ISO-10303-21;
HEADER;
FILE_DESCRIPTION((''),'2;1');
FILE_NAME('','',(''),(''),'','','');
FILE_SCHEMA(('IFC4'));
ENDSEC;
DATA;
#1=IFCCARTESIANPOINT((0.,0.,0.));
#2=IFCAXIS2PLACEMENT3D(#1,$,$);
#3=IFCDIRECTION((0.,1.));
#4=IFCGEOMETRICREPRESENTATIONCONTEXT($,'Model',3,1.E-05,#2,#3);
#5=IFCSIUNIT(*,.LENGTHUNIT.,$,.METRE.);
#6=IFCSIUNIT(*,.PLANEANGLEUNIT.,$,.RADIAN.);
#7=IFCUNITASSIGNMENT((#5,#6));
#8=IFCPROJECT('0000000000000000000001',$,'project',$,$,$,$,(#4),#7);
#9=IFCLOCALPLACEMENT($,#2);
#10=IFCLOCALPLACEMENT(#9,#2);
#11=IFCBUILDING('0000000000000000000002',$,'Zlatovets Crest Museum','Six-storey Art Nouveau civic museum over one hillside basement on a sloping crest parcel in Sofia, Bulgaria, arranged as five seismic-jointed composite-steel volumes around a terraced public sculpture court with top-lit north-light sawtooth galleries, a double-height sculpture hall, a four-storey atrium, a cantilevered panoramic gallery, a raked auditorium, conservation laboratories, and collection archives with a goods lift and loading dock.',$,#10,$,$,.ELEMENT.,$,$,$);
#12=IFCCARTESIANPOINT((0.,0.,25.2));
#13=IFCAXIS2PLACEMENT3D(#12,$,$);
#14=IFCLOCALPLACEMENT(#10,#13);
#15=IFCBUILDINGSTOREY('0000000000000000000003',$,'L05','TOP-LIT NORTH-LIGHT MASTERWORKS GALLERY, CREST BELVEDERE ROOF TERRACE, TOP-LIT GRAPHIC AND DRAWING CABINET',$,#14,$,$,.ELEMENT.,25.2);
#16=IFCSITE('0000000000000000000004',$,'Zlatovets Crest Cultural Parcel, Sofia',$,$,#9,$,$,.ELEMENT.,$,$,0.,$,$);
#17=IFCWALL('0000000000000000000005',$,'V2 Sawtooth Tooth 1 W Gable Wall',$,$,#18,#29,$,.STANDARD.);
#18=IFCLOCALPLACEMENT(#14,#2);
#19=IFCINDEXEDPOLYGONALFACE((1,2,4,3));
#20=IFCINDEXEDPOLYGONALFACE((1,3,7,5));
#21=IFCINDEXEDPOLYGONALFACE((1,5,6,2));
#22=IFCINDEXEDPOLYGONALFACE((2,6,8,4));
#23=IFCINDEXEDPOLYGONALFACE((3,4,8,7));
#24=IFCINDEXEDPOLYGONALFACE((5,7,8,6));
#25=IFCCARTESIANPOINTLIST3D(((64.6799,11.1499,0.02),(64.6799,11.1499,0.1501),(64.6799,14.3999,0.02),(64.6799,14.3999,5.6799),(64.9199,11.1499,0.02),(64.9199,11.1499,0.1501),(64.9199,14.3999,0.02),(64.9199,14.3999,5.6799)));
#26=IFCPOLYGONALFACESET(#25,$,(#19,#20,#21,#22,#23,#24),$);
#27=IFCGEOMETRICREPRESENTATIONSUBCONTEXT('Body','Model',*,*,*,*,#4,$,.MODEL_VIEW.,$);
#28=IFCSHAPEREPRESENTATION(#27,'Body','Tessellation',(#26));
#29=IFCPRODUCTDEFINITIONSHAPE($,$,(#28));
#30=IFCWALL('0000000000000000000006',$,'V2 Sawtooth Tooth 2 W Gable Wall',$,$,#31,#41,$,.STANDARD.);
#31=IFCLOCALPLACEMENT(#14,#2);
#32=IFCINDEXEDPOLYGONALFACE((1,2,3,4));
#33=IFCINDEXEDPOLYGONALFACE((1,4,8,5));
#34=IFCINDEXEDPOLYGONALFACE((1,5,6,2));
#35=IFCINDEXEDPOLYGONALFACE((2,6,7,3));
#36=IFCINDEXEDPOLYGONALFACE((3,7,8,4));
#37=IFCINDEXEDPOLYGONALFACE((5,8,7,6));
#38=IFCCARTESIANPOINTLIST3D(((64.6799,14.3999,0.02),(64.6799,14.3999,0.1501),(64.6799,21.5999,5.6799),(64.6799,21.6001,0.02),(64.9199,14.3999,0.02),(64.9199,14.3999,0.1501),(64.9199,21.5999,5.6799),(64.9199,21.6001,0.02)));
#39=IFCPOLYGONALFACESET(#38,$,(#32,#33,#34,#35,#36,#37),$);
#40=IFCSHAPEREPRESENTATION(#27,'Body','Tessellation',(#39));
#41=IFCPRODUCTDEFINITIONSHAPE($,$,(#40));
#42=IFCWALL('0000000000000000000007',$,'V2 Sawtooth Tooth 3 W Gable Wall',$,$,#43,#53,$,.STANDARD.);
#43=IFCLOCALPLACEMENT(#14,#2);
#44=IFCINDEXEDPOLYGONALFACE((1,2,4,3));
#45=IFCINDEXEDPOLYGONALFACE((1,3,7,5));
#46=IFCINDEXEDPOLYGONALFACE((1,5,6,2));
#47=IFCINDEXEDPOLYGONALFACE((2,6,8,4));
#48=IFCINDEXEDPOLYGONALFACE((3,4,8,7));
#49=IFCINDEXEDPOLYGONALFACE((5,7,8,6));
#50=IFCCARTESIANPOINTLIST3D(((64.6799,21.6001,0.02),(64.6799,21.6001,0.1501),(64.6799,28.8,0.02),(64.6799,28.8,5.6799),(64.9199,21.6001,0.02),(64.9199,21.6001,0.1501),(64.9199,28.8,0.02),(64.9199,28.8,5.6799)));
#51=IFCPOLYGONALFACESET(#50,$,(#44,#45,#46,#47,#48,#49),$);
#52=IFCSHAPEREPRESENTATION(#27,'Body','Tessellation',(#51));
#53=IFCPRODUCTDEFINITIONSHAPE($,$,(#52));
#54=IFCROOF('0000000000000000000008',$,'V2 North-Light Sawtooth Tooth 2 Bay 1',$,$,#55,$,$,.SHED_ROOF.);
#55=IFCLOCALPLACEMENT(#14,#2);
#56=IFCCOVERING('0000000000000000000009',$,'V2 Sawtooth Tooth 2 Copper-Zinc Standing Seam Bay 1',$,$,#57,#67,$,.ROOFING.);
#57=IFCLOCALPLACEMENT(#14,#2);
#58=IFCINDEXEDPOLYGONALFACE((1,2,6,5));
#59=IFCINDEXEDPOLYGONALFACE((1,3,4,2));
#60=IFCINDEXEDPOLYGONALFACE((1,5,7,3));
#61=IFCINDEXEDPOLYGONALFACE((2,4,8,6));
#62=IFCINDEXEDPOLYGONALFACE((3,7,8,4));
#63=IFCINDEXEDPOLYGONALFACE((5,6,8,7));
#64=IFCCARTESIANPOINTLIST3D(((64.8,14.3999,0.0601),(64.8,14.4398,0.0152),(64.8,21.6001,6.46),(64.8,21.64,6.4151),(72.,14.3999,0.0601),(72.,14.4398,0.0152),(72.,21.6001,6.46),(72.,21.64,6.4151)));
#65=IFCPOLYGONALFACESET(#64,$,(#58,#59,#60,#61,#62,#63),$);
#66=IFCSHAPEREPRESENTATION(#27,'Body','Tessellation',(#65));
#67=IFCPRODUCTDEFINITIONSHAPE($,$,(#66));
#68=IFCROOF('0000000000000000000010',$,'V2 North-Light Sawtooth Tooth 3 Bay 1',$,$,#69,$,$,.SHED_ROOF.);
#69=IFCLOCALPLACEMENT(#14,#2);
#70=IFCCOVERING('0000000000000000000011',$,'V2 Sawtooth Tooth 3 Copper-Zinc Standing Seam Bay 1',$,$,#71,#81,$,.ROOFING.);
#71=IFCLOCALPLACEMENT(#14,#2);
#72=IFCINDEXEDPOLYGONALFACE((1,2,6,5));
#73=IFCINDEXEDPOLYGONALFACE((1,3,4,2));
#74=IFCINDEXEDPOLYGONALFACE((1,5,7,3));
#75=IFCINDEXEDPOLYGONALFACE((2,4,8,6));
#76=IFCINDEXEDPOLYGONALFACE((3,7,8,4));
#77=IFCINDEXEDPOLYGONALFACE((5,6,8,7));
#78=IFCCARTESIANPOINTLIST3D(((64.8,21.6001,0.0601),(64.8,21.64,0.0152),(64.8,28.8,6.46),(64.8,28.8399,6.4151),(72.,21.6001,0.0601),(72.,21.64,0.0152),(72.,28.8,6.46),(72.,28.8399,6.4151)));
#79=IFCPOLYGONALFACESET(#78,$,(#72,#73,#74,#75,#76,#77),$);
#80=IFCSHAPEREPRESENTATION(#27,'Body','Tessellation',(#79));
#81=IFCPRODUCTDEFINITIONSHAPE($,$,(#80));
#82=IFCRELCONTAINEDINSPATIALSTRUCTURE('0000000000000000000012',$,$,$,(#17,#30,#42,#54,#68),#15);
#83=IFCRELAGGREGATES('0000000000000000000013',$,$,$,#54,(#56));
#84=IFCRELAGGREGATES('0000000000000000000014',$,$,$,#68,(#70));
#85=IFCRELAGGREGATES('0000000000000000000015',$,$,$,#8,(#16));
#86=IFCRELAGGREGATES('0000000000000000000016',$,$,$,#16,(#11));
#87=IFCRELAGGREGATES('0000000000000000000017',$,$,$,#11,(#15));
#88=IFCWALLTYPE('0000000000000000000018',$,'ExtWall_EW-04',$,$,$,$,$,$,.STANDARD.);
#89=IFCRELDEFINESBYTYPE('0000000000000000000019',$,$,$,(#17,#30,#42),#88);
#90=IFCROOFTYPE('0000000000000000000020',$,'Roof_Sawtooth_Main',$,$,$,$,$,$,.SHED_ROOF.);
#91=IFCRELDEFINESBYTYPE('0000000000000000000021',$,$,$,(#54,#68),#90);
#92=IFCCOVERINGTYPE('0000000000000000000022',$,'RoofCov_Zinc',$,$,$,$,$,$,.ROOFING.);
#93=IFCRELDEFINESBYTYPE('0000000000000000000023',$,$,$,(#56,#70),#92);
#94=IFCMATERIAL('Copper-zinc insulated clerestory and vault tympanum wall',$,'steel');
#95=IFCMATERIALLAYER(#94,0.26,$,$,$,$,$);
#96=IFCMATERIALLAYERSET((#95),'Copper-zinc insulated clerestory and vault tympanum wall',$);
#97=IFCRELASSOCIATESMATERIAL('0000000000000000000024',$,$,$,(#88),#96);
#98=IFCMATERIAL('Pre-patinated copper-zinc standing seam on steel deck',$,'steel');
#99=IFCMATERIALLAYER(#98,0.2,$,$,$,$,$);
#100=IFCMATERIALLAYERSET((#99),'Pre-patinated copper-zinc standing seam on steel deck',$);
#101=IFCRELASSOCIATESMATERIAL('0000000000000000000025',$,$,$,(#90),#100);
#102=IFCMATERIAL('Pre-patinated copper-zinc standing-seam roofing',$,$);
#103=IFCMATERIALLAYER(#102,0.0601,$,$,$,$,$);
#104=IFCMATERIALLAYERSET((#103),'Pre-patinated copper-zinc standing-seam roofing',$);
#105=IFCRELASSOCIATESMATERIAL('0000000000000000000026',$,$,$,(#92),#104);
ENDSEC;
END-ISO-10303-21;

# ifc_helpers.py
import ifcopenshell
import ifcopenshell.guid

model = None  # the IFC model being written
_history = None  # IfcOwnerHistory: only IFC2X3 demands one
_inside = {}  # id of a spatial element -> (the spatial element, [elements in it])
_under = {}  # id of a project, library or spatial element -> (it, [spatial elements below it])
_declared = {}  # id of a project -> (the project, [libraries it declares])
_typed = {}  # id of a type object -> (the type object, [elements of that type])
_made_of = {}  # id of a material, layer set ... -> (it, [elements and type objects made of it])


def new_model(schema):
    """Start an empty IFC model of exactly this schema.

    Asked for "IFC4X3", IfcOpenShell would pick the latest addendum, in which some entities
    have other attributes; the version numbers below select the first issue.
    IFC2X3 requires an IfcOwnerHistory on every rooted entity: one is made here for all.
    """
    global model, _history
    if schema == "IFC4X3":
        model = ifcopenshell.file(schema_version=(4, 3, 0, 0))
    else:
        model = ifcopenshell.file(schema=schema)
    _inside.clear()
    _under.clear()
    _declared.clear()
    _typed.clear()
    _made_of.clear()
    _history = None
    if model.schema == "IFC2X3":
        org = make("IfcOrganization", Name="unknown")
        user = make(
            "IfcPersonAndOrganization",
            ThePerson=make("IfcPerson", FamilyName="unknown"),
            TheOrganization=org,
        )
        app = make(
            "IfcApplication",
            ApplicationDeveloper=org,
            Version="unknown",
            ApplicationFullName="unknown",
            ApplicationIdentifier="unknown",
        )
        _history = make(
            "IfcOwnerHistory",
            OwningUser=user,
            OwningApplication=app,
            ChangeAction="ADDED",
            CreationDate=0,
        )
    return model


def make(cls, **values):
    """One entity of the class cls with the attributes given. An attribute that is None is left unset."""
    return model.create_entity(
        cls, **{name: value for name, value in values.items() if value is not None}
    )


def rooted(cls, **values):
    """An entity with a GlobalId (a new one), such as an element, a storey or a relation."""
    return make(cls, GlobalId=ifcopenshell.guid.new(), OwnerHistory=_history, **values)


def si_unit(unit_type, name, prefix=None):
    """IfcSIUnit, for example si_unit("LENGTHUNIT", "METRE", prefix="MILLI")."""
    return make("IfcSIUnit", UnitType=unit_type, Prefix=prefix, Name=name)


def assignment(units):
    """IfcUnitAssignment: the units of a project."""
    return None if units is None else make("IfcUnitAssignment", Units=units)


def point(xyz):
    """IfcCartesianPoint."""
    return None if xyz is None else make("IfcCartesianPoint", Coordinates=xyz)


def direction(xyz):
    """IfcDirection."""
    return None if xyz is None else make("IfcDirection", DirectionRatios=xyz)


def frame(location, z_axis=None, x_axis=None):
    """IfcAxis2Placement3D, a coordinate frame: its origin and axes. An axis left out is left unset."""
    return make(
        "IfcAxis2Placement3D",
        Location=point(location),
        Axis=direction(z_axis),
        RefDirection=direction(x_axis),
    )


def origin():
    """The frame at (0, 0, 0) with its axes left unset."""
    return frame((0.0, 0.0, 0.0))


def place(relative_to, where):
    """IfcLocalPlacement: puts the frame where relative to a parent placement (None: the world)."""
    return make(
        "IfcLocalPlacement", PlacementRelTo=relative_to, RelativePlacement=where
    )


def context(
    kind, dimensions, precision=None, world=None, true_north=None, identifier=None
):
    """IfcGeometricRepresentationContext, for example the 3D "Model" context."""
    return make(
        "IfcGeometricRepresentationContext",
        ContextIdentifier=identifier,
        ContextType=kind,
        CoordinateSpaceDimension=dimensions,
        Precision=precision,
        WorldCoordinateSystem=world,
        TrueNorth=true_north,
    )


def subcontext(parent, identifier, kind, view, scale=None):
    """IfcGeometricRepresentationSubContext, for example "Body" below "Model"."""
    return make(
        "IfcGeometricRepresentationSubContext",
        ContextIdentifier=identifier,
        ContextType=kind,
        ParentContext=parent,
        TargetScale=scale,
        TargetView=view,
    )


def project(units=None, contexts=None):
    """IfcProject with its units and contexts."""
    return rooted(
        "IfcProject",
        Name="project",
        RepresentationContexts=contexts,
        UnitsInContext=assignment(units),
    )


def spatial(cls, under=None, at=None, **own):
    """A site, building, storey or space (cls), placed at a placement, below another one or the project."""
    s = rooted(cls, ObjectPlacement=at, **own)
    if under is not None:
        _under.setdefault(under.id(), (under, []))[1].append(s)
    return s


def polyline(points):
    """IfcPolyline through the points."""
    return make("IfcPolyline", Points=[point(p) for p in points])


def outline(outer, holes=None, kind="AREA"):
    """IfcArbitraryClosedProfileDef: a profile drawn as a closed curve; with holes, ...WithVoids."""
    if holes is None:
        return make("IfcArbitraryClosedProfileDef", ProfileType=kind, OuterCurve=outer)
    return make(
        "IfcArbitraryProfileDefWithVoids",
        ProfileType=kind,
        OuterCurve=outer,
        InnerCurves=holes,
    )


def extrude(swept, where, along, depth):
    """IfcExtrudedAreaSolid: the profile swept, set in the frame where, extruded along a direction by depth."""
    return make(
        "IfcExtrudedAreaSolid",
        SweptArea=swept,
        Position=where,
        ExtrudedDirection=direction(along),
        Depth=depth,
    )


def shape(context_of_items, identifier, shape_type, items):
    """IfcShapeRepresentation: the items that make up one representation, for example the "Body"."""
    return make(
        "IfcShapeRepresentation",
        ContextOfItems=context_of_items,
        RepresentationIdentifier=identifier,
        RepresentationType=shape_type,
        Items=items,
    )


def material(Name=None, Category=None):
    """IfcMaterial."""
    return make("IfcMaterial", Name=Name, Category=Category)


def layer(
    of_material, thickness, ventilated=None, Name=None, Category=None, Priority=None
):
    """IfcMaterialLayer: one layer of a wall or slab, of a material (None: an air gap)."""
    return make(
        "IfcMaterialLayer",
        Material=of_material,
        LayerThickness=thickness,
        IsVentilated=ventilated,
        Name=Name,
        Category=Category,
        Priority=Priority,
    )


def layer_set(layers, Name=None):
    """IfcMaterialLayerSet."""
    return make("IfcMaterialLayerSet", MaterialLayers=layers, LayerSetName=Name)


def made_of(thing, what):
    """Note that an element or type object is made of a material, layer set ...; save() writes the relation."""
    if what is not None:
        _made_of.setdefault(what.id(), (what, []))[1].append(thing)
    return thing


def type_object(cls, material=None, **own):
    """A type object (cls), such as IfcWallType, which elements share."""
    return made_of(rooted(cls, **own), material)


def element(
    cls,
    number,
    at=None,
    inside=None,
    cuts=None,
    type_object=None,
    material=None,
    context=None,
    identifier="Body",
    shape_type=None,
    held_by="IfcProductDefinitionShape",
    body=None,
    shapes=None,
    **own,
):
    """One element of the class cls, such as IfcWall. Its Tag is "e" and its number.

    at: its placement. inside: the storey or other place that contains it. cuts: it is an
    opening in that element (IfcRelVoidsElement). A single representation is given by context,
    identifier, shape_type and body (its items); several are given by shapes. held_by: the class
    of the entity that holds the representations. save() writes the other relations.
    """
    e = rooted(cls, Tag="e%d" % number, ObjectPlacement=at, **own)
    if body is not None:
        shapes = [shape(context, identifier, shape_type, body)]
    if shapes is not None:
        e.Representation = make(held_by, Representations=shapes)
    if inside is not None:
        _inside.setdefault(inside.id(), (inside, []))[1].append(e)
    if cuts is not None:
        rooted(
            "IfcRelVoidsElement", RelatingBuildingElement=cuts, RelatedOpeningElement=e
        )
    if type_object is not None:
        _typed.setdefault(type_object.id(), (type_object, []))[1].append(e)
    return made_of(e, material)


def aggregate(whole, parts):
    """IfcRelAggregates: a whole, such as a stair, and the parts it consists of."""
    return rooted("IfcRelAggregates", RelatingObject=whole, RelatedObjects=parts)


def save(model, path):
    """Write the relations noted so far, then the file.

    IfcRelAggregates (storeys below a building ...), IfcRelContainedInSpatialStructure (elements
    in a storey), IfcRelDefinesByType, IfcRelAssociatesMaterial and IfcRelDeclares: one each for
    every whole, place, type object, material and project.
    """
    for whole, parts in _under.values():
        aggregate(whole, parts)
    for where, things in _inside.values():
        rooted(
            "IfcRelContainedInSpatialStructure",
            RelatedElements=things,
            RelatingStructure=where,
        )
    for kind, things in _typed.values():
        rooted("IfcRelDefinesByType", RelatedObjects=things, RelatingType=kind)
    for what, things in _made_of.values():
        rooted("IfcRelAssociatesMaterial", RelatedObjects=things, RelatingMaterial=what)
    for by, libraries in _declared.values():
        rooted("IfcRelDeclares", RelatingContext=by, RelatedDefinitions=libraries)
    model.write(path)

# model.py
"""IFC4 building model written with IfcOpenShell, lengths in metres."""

from ifc_helpers import new_model, si_unit, direction, frame, origin, place, context, subcontext, project, spatial, polyline, outline, extrude, material, layer, layer_set, type_object, element, aggregate, save


model = new_model("IFC4")

# Units and contexts
model_context = context("Model", 3, precision=1e-05, world=origin(), true_north=direction((0.0, 1.0)))
body_context = subcontext(model_context, "Body", "Model", "MODEL_VIEW")
ifc_project = project(units=[si_unit("LENGTHUNIT", "METRE"), si_unit("PLANEANGLEUNIT", "RADIAN")], contexts=[model_context])

# Site, building, storey
site_placement = place(None, origin())
site = spatial("IfcSite", under=ifc_project, at=site_placement, Name="Zlatovets Crest Cultural Parcel, Sofia", CompositionType="ELEMENT", RefElevation=0.0)
building_placement = place(site_placement, origin())
building = spatial("IfcBuilding", under=site, at=building_placement, Name="Zlatovets Crest Museum", Description="Six-storey Art Nouveau civic museum over one hillside basement on a sloping crest parcel in Sofia, Bulgaria, arranged as five seismic-jointed composite-steel volumes around a terraced public sculpture court with top-lit north-light sawtooth galleries, a double-height sculpture hall, a four-storey atrium, a cantilevered panoramic gallery, a raked auditorium, conservation laboratories, and collection archives with a goods lift and loading dock.", CompositionType="ELEMENT")
storey_placement = place(building_placement, frame((0.0, 0.0, 25.2)))
storey = spatial("IfcBuildingStorey", under=building, at=storey_placement, Name="L05", Description="TOP-LIT NORTH-LIGHT MASTERWORKS GALLERY, CREST BELVEDERE ROOF TERRACE, TOP-LIT GRAPHIC AND DRAWING CABINET", CompositionType="ELEMENT", Elevation=25.2)

# Shared definitions
ifc_material_1 = material(Name="Copper-zinc insulated clerestory and vault tympanum wall", Category="steel")
ifc_layer_1 = layer(ifc_material_1, 0.26)
ifc_layer_set_1 = layer_set([ifc_layer_1], Name="Copper-zinc insulated clerestory and vault tympanum wall")
wall_type_1 = type_object("IfcWallType", Name="ExtWall_EW-04", PredefinedType="STANDARD", material=ifc_layer_set_1)

# Walls
wall_1_placement = place(storey_placement, frame((64.8, 11.1499, 0.02), z_axis=(0.0, 0.0, 1.0), x_axis=(0.0, 1.0, 0.0)))
element("IfcWall", 1, at=wall_1_placement, inside=storey, type_object=wall_type_1, Name="V2 Sawtooth Tooth 1 W Gable Wall", PredefinedType="STANDARD", context=body_context, shape_type="SweptSolid", body=[
    extrude(outline(polyline([(0.0, 0.0), (3.25, 0.0), (3.25, 5.6599), (0.0, 0.1301), (0.0, 0.0)])), frame((0.0, 0.1201, 0.0), z_axis=(0.0, -1.0, 0.0), x_axis=(1.0, 0.0, 0.0)), (0.0, 0.0, 1.0), 0.24),
])
wall_2_placement = place(storey_placement, frame((64.8, 14.3999, 0.02), z_axis=(0.0, 0.0, 1.0), x_axis=(0.0, 1.0, 0.0)))
element("IfcWall", 2, at=wall_2_placement, inside=storey, type_object=wall_type_1, Name="V2 Sawtooth Tooth 2 W Gable Wall", PredefinedType="STANDARD", context=body_context, shape_type="SweptSolid", body=[
    extrude(outline(polyline([(0.0, 0.0), (7.2002, 0.0), (7.2, 5.6599), (0.0, 0.1301), (0.0, 0.0)])), frame((0.0, 0.1201, 0.0), z_axis=(0.0, -1.0, 0.0), x_axis=(1.0, 0.0, 0.0)), (0.0, 0.0, 1.0), 0.24),
])
wall_3_placement = place(storey_placement, frame((64.8, 21.6001, 0.02), z_axis=(0.0, 0.0, 1.0), x_axis=(0.0, 1.0, 0.0)))
element("IfcWall", 3, at=wall_3_placement, inside=storey, type_object=wall_type_1, Name="V2 Sawtooth Tooth 3 W Gable Wall", PredefinedType="STANDARD", context=body_context, shape_type="SweptSolid", body=[
    extrude(outline(polyline([(0.0, 0.0), (7.2, 0.0), (7.2, 5.6599), (0.0, 0.1301), (0.0, 0.0)])), frame((0.0, 0.1201, 0.0), z_axis=(0.0, -1.0, 0.0), x_axis=(1.0, 0.0, 0.0)), (0.0, 0.0, 1.0), 0.24),
])

# Roofs, coverings
ifc_material_2 = material(Name="Pre-patinated copper-zinc standing seam on steel deck", Category="steel")
ifc_layer_2 = layer(ifc_material_2, 0.2)
ifc_layer_set_2 = layer_set([ifc_layer_2], Name="Pre-patinated copper-zinc standing seam on steel deck")
roof_type = type_object("IfcRoofType", Name="Roof_Sawtooth_Main", PredefinedType="SHED_ROOF", material=ifc_layer_set_2)
roof_1_placement = place(storey_placement, origin())
roof_1 = element("IfcRoof", 4, at=roof_1_placement, inside=storey, type_object=roof_type, Name="V2 North-Light Sawtooth Tooth 2 Bay 1", PredefinedType="SHED_ROOF")
ifc_material_3 = material(Name="Pre-patinated copper-zinc standing-seam roofing")
ifc_layer_3 = layer(ifc_material_3, 0.0601)
ifc_layer_set_3 = layer_set([ifc_layer_3], Name="Pre-patinated copper-zinc standing-seam roofing")
covering_type = type_object("IfcCoveringType", Name="RoofCov_Zinc", PredefinedType="ROOFING", material=ifc_layer_set_3)
covering_1_placement = place(storey_placement, frame((64.8, 14.3999, 0.0601), z_axis=(0.0, -0.664348, 0.747423), x_axis=(1.0, 0.0, 0.0)))
covering_1 = element("IfcCovering", 5, at=covering_1_placement, type_object=covering_type, Name="V2 Sawtooth Tooth 2 Copper-Zinc Standing Seam Bay 1", PredefinedType="ROOFING", context=body_context, shape_type="SweptSolid", body=[
    extrude(outline(polyline([(0.0, 0.0), (7.2, 0.0), (7.2, 9.6334), (0.0, 9.6334), (0.0, 0.0)])), origin(), (0.0, 0.0, -1.0), 0.0601),
])
aggregate(roof_1, [covering_1])
roof_2_placement = place(storey_placement, origin())
roof_2 = element("IfcRoof", 6, at=roof_2_placement, inside=storey, type_object=roof_type, Name="V2 North-Light Sawtooth Tooth 3 Bay 1", PredefinedType="SHED_ROOF")
covering_2_placement = place(storey_placement, frame((64.8, 21.6001, 0.0601), z_axis=(0.0, -0.664361, 0.747412), x_axis=(1.0, 0.0, 0.0)))
covering_2 = element("IfcCovering", 7, at=covering_2_placement, type_object=covering_type, Name="V2 Sawtooth Tooth 3 Copper-Zinc Standing Seam Bay 1", PredefinedType="ROOFING", context=body_context, shape_type="SweptSolid", body=[
    extrude(outline(polyline([(0.0, 0.0), (7.2, 0.0), (7.2, 9.6332), (0.0, 9.6332), (0.0, 0.0)])), origin(), (0.0, 0.0, -1.0), 0.0601),
])
aggregate(roof_2, [covering_2])

save(model, "model.ifc")
